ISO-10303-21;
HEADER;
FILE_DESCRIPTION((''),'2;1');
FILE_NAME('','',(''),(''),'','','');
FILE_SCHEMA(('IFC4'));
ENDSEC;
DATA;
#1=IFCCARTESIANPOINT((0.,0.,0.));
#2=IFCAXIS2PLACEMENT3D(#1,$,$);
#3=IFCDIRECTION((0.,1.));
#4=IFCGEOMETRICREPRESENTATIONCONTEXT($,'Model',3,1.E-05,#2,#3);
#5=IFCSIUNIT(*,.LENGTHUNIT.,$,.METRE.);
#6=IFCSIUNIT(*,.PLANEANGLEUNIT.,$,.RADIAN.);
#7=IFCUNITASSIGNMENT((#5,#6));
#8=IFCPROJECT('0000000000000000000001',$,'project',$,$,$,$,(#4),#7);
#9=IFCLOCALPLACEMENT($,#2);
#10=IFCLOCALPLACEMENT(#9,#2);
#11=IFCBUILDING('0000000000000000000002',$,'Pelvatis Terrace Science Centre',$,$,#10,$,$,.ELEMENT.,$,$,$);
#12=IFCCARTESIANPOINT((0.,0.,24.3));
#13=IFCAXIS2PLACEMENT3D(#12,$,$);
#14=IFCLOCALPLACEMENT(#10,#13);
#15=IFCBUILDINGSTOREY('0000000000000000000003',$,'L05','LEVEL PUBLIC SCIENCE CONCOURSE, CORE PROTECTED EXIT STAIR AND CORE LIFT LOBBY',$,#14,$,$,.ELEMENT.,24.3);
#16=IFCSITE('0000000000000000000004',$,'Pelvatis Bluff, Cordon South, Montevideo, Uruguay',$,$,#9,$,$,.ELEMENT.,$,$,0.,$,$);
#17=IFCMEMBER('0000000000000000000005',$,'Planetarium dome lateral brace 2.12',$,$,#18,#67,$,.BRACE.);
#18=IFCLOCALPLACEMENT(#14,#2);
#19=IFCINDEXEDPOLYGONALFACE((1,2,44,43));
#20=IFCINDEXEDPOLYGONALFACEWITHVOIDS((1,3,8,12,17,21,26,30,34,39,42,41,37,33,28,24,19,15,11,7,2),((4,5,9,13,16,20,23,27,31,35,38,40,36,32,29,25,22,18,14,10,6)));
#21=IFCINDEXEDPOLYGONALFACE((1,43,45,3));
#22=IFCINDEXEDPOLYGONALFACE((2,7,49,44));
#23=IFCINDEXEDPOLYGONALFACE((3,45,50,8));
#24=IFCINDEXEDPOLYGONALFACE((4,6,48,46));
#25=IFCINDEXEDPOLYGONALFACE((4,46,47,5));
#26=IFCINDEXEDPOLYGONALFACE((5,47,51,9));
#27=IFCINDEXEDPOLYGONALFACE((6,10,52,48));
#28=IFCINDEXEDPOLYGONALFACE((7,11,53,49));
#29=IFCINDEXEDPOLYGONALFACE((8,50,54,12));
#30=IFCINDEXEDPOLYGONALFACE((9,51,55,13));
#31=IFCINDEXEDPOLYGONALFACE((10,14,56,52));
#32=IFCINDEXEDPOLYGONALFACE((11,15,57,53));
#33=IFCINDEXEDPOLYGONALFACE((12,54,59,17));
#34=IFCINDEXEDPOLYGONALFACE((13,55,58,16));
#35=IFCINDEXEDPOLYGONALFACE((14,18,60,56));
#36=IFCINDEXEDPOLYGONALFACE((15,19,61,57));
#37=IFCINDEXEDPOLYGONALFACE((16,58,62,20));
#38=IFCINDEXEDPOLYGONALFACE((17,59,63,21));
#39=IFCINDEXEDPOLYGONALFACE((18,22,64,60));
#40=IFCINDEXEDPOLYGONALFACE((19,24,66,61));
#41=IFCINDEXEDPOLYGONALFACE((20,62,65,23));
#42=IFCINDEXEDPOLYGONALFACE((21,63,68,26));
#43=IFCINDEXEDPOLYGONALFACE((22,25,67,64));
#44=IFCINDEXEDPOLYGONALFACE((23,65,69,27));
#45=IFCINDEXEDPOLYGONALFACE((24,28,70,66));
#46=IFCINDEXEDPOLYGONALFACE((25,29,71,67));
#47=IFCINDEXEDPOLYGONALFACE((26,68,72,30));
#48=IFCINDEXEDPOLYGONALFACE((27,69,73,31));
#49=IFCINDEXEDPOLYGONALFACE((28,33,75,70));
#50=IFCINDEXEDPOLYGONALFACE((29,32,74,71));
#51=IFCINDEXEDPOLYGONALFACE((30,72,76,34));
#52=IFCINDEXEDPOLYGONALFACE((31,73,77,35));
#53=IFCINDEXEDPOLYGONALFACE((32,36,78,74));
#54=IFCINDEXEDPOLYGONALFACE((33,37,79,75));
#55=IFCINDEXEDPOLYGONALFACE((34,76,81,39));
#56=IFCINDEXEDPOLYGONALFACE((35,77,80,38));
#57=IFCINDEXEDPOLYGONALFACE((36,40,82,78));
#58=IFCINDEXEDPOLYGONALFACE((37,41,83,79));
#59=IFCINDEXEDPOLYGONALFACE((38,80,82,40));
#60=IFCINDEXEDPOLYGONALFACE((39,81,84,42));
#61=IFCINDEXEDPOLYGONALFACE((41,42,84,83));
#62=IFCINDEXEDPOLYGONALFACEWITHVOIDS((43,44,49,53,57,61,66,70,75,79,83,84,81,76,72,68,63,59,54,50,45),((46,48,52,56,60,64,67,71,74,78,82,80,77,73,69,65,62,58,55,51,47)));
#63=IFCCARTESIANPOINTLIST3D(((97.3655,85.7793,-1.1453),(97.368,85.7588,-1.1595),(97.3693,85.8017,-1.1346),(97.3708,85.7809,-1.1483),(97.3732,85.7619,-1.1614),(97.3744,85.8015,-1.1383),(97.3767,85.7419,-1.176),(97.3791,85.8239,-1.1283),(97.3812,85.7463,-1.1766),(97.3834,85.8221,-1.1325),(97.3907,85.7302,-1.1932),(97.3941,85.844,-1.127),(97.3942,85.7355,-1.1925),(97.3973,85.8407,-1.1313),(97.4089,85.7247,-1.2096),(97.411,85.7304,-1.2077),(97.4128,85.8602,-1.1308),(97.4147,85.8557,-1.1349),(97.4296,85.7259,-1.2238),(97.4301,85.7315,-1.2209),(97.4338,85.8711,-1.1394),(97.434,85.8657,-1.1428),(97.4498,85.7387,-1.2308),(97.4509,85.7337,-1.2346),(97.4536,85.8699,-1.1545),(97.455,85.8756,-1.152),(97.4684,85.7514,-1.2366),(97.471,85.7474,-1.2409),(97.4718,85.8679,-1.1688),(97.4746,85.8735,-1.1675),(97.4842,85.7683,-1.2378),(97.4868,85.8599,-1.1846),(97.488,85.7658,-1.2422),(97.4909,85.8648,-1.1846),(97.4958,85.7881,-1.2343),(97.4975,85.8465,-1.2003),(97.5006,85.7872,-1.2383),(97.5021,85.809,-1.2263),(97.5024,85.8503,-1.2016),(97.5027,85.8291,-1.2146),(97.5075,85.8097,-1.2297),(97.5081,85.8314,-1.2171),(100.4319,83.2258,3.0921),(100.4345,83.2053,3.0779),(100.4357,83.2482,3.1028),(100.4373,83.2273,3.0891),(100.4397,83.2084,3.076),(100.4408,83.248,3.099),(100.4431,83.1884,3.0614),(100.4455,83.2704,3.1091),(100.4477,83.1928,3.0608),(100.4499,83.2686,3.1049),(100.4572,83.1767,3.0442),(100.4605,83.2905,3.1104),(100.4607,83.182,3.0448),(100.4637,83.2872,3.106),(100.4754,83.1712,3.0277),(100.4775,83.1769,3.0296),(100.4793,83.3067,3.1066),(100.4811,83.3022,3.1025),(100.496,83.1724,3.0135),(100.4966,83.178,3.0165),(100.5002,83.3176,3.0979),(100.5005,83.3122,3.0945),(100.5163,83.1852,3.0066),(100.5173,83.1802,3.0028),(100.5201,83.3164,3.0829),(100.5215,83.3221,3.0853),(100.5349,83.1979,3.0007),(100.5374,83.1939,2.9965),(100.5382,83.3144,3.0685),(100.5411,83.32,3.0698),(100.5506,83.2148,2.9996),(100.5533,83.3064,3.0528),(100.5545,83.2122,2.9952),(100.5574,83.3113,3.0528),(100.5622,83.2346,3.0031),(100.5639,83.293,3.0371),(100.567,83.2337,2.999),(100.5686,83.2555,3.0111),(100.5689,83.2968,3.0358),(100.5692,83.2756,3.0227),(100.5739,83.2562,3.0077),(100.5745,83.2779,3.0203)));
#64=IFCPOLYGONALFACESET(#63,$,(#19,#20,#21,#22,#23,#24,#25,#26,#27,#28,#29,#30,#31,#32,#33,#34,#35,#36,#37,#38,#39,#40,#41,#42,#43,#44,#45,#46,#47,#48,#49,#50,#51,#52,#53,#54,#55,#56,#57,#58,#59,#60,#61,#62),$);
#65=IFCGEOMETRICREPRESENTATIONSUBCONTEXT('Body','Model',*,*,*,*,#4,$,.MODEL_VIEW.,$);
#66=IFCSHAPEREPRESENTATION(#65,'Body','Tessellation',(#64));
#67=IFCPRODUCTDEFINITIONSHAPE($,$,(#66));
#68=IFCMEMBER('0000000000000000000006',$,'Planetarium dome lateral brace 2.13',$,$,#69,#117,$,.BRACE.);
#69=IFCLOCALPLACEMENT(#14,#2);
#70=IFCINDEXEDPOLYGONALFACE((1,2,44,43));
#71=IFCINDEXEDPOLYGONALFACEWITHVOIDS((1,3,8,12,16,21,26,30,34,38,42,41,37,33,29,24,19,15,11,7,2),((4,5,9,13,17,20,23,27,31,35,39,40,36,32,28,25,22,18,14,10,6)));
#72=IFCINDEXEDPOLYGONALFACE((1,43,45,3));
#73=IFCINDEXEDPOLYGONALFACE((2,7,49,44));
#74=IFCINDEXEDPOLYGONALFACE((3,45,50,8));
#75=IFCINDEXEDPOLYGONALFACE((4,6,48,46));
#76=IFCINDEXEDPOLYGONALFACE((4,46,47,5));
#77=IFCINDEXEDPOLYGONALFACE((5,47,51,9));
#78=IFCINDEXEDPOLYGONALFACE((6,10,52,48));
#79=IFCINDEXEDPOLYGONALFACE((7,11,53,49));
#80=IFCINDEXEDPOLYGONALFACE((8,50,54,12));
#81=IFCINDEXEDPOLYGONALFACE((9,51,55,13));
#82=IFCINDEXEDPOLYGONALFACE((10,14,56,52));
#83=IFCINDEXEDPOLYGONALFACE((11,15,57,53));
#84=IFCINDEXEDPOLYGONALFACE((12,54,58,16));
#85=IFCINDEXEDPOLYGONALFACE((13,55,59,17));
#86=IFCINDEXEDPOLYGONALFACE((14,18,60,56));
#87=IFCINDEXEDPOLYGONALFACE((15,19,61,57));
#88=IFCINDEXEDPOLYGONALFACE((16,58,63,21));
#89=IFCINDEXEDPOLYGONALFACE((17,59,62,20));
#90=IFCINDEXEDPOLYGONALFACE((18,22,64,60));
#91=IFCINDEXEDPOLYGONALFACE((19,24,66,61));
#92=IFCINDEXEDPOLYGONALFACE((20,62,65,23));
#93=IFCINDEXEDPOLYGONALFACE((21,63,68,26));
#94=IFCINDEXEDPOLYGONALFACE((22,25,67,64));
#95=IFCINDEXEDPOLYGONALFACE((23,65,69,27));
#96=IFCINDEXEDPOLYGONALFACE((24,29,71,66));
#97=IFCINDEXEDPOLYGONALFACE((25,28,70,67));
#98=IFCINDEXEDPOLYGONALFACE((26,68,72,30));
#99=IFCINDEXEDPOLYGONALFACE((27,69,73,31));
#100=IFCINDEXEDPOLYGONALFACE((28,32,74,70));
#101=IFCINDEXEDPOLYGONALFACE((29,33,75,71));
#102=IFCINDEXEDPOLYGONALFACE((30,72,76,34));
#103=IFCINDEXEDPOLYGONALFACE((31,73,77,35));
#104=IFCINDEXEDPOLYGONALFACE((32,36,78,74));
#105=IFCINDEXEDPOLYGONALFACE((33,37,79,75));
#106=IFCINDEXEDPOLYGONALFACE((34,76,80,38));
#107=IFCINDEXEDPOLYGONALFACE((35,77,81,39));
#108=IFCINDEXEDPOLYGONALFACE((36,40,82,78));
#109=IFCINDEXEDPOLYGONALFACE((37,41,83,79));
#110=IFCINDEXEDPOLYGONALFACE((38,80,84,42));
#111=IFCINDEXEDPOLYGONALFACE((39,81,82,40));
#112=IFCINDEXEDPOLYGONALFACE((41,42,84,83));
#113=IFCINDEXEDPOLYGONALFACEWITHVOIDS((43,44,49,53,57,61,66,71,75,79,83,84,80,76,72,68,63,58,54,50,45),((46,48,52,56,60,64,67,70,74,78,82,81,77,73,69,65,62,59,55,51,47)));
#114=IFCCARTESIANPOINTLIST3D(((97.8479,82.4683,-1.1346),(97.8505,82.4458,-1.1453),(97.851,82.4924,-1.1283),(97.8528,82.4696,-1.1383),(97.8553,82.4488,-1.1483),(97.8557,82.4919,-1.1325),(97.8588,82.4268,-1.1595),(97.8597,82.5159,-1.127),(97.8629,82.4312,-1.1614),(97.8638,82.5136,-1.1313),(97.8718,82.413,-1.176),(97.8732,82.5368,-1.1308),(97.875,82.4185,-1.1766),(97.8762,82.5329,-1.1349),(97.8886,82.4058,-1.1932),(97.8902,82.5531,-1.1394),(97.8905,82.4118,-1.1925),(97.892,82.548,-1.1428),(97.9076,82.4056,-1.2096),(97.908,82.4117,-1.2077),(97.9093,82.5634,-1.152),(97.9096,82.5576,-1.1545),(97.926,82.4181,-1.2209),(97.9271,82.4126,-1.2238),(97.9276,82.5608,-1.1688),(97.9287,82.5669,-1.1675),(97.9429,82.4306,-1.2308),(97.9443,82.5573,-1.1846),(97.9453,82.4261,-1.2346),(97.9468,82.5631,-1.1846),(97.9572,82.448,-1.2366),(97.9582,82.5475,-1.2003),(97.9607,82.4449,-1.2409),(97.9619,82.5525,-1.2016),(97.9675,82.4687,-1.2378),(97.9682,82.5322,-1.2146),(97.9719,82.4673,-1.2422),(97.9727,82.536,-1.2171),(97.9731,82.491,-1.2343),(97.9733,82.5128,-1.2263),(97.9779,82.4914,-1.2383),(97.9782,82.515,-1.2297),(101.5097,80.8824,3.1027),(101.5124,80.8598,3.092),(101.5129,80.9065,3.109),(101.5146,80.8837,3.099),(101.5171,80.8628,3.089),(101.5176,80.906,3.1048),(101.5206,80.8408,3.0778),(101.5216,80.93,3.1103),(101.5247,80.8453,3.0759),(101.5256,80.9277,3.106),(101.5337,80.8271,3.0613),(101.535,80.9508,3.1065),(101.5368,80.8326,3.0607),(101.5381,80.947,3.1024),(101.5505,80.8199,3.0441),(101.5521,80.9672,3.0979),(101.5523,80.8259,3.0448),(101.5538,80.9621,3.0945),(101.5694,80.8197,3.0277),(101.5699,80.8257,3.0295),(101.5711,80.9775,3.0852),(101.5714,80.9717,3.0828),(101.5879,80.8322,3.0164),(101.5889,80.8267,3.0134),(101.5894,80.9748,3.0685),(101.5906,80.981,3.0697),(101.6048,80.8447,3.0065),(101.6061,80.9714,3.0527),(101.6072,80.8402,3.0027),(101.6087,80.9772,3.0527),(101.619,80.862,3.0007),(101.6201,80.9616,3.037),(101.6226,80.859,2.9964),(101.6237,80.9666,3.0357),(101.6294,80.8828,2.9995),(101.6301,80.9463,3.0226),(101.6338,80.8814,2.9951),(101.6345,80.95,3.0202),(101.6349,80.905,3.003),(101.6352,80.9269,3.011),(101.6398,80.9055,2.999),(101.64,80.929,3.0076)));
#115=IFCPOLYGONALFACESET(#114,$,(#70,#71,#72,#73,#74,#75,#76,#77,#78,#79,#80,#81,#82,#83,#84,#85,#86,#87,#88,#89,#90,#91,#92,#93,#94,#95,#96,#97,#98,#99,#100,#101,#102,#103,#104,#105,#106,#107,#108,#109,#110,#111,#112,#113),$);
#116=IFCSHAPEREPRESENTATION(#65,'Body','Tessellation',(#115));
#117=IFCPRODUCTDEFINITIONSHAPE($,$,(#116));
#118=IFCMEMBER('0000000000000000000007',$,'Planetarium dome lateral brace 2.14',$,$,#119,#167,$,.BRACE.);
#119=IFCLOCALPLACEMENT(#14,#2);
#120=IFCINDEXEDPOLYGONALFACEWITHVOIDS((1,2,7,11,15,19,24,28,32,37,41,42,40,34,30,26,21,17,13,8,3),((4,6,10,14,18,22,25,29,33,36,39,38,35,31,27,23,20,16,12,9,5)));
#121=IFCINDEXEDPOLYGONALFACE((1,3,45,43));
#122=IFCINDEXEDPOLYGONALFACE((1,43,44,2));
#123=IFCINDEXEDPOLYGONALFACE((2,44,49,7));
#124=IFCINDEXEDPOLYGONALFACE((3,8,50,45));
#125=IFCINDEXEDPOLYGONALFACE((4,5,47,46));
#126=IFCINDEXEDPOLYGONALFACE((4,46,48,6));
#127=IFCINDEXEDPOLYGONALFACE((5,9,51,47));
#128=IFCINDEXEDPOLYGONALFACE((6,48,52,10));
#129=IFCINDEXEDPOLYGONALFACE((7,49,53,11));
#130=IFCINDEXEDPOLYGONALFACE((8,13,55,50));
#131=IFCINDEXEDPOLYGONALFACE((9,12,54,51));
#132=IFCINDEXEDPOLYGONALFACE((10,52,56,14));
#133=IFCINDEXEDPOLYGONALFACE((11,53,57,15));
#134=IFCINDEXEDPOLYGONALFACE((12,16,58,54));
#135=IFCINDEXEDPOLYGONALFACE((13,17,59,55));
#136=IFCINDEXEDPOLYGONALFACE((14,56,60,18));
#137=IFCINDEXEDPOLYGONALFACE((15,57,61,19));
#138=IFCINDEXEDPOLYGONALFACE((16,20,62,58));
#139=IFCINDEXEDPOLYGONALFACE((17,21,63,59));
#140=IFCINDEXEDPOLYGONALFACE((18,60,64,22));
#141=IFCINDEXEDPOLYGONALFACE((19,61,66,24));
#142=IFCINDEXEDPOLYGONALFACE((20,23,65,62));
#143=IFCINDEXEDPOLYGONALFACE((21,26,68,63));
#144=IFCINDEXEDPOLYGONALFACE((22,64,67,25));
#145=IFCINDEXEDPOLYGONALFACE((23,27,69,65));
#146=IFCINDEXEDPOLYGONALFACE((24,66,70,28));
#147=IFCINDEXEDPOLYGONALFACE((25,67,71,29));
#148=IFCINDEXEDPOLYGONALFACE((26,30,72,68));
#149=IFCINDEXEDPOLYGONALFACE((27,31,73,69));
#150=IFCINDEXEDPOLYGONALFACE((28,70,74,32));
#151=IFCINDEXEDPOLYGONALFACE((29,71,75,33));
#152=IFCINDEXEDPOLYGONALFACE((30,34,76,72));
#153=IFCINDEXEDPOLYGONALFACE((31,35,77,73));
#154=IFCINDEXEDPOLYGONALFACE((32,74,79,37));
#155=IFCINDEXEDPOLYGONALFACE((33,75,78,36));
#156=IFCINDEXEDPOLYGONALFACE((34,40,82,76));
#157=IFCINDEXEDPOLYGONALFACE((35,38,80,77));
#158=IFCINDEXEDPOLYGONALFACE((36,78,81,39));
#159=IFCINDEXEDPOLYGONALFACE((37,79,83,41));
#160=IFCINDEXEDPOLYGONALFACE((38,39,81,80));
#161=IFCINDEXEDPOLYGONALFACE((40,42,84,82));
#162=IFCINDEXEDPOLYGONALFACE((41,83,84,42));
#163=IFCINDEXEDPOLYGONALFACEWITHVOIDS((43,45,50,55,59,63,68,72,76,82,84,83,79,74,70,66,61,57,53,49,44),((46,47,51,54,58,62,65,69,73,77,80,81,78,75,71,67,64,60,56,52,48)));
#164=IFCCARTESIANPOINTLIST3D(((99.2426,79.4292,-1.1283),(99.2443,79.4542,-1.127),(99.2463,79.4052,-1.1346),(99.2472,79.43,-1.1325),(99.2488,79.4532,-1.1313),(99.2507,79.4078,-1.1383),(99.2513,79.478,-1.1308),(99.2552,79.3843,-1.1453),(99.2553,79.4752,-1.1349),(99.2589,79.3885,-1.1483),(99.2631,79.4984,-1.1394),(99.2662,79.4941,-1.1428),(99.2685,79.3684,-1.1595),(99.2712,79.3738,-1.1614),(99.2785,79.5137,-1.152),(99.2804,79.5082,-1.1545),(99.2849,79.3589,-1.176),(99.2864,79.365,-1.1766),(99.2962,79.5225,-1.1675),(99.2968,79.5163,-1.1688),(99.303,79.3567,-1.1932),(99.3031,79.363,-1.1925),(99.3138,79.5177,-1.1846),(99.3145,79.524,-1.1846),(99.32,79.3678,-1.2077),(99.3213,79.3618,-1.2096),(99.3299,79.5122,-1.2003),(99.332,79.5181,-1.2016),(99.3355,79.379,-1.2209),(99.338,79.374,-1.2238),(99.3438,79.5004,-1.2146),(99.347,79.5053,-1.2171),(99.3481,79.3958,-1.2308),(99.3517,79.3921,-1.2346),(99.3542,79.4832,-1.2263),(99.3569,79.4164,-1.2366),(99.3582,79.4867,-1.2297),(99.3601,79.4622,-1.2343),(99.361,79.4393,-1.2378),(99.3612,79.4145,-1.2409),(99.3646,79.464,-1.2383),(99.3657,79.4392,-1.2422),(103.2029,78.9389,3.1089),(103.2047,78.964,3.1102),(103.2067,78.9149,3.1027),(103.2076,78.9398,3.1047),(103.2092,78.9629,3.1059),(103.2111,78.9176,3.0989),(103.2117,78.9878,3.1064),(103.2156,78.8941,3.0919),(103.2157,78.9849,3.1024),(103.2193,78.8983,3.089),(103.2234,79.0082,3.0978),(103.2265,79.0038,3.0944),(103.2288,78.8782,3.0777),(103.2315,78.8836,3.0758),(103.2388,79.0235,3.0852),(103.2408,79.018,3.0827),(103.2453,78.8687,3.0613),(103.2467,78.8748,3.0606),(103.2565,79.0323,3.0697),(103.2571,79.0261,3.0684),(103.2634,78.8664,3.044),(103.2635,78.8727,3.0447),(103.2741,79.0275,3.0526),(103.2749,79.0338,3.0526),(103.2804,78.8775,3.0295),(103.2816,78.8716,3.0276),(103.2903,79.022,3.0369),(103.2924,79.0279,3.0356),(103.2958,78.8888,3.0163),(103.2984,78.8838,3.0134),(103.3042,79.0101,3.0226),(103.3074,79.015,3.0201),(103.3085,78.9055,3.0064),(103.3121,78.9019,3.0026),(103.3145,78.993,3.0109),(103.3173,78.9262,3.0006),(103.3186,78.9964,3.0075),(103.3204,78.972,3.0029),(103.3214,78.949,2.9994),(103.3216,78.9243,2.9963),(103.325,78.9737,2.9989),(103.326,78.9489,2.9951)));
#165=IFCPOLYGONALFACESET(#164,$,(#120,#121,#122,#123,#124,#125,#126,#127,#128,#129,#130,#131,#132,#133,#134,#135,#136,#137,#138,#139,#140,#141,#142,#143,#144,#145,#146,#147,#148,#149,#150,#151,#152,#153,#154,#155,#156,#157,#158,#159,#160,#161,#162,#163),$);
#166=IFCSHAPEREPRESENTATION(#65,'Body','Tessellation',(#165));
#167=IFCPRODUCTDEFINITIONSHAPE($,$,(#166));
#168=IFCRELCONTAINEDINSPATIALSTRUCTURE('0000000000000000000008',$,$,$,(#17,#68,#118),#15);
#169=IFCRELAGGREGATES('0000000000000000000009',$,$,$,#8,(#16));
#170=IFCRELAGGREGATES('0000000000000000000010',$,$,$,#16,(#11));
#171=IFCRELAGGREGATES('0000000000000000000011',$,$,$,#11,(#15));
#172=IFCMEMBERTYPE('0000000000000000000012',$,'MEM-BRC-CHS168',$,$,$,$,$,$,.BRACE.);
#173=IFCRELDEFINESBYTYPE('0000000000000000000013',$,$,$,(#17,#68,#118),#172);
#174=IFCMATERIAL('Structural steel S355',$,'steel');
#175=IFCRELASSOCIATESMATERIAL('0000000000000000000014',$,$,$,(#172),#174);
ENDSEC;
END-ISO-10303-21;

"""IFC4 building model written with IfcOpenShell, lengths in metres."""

from ifc_helpers import new_model, si_unit, direction, frame, origin, origin_2d, place, context, subcontext, project, spatial, hollow_circle, extrude, material, material_profile, profile_set, type_object, element, save


model = new_model("IFC4")

# Units and contexts
model_context = context("Model", 3, precision=1e-05, world=origin(), true_north=direction((0.0, 1.0)))
body_context = subcontext(model_context, "Body", "Model", "MODEL_VIEW")
ifc_project = project(units=[si_unit("LENGTHUNIT", "METRE"), si_unit("PLANEANGLEUNIT", "RADIAN")], contexts=[model_context])

# Site, building, storey
site_placement = place(None, origin())
site = spatial("IfcSite", under=ifc_project, at=site_placement, Name="Pelvatis Bluff, Cordon South, Montevideo, Uruguay", CompositionType="ELEMENT", RefElevation=0.0)
building_placement = place(site_placement, origin())
building = spatial("IfcBuilding", under=site, at=building_placement, Name="Pelvatis Terrace Science Centre", CompositionType="ELEMENT")
storey_placement = place(building_placement, frame((0.0, 0.0, 24.3)))
storey = spatial("IfcBuildingStorey", under=building, at=storey_placement, Name="L05", Description="LEVEL PUBLIC SCIENCE CONCOURSE, CORE PROTECTED EXIT STAIR AND CORE LIFT LOBBY", CompositionType="ELEMENT", Elevation=24.3)

# Members
ifc_material_1 = material(Name="Structural steel S355", Category="steel")
ifc_material_profile_1 = material_profile(ifc_material_1, hollow_circle(Radius=0.0842, WallThickness=0.0063, at=origin_2d()), Name="CHS 168.3x6.3")
ifc_profile_set_1 = profile_set([ifc_material_profile_1], Name="Structural steel S355")
member_type_1 = type_object("IfcMemberType", Name="MEM-BRC-CHS168", PredefinedType="BRACE", material=ifc_profile_set_1)
for number, where, z_axis, x_axis, name in (
    (1, (97.437, 85.8, -1.1846), (0.526832, -0.438705, 0.728001), (0.639908, 0.768452, 0.0), "Planetarium dome lateral brace 2.12"),
    (2, (97.9133, 82.4858, -1.1846), (0.629123, -0.27247, 0.727986), (0.397424, 0.917635, 0.0), "Planetarium dome lateral brace 2.13"),
    (3, (99.3042, 79.4404, -1.1846), (0.680411, -0.084223, 0.727975), (0.122845, 0.992426, 0.0), "Planetarium dome lateral brace 2.14"),
):
    element("IfcMember", number, at=place(storey_placement, frame(where, z_axis=z_axis, x_axis=x_axis)), inside=storey, type_object=member_type_1, Name=name, PredefinedType="BRACE", context=body_context, shape_type="SweptSolid", body=[
        extrude(hollow_circle(Radius=0.0842, WallThickness=0.0063, at=origin_2d()), origin(), (0.0, 0.0, 1.0), 5.8206),
    ])

save(model, "model.ifc")
